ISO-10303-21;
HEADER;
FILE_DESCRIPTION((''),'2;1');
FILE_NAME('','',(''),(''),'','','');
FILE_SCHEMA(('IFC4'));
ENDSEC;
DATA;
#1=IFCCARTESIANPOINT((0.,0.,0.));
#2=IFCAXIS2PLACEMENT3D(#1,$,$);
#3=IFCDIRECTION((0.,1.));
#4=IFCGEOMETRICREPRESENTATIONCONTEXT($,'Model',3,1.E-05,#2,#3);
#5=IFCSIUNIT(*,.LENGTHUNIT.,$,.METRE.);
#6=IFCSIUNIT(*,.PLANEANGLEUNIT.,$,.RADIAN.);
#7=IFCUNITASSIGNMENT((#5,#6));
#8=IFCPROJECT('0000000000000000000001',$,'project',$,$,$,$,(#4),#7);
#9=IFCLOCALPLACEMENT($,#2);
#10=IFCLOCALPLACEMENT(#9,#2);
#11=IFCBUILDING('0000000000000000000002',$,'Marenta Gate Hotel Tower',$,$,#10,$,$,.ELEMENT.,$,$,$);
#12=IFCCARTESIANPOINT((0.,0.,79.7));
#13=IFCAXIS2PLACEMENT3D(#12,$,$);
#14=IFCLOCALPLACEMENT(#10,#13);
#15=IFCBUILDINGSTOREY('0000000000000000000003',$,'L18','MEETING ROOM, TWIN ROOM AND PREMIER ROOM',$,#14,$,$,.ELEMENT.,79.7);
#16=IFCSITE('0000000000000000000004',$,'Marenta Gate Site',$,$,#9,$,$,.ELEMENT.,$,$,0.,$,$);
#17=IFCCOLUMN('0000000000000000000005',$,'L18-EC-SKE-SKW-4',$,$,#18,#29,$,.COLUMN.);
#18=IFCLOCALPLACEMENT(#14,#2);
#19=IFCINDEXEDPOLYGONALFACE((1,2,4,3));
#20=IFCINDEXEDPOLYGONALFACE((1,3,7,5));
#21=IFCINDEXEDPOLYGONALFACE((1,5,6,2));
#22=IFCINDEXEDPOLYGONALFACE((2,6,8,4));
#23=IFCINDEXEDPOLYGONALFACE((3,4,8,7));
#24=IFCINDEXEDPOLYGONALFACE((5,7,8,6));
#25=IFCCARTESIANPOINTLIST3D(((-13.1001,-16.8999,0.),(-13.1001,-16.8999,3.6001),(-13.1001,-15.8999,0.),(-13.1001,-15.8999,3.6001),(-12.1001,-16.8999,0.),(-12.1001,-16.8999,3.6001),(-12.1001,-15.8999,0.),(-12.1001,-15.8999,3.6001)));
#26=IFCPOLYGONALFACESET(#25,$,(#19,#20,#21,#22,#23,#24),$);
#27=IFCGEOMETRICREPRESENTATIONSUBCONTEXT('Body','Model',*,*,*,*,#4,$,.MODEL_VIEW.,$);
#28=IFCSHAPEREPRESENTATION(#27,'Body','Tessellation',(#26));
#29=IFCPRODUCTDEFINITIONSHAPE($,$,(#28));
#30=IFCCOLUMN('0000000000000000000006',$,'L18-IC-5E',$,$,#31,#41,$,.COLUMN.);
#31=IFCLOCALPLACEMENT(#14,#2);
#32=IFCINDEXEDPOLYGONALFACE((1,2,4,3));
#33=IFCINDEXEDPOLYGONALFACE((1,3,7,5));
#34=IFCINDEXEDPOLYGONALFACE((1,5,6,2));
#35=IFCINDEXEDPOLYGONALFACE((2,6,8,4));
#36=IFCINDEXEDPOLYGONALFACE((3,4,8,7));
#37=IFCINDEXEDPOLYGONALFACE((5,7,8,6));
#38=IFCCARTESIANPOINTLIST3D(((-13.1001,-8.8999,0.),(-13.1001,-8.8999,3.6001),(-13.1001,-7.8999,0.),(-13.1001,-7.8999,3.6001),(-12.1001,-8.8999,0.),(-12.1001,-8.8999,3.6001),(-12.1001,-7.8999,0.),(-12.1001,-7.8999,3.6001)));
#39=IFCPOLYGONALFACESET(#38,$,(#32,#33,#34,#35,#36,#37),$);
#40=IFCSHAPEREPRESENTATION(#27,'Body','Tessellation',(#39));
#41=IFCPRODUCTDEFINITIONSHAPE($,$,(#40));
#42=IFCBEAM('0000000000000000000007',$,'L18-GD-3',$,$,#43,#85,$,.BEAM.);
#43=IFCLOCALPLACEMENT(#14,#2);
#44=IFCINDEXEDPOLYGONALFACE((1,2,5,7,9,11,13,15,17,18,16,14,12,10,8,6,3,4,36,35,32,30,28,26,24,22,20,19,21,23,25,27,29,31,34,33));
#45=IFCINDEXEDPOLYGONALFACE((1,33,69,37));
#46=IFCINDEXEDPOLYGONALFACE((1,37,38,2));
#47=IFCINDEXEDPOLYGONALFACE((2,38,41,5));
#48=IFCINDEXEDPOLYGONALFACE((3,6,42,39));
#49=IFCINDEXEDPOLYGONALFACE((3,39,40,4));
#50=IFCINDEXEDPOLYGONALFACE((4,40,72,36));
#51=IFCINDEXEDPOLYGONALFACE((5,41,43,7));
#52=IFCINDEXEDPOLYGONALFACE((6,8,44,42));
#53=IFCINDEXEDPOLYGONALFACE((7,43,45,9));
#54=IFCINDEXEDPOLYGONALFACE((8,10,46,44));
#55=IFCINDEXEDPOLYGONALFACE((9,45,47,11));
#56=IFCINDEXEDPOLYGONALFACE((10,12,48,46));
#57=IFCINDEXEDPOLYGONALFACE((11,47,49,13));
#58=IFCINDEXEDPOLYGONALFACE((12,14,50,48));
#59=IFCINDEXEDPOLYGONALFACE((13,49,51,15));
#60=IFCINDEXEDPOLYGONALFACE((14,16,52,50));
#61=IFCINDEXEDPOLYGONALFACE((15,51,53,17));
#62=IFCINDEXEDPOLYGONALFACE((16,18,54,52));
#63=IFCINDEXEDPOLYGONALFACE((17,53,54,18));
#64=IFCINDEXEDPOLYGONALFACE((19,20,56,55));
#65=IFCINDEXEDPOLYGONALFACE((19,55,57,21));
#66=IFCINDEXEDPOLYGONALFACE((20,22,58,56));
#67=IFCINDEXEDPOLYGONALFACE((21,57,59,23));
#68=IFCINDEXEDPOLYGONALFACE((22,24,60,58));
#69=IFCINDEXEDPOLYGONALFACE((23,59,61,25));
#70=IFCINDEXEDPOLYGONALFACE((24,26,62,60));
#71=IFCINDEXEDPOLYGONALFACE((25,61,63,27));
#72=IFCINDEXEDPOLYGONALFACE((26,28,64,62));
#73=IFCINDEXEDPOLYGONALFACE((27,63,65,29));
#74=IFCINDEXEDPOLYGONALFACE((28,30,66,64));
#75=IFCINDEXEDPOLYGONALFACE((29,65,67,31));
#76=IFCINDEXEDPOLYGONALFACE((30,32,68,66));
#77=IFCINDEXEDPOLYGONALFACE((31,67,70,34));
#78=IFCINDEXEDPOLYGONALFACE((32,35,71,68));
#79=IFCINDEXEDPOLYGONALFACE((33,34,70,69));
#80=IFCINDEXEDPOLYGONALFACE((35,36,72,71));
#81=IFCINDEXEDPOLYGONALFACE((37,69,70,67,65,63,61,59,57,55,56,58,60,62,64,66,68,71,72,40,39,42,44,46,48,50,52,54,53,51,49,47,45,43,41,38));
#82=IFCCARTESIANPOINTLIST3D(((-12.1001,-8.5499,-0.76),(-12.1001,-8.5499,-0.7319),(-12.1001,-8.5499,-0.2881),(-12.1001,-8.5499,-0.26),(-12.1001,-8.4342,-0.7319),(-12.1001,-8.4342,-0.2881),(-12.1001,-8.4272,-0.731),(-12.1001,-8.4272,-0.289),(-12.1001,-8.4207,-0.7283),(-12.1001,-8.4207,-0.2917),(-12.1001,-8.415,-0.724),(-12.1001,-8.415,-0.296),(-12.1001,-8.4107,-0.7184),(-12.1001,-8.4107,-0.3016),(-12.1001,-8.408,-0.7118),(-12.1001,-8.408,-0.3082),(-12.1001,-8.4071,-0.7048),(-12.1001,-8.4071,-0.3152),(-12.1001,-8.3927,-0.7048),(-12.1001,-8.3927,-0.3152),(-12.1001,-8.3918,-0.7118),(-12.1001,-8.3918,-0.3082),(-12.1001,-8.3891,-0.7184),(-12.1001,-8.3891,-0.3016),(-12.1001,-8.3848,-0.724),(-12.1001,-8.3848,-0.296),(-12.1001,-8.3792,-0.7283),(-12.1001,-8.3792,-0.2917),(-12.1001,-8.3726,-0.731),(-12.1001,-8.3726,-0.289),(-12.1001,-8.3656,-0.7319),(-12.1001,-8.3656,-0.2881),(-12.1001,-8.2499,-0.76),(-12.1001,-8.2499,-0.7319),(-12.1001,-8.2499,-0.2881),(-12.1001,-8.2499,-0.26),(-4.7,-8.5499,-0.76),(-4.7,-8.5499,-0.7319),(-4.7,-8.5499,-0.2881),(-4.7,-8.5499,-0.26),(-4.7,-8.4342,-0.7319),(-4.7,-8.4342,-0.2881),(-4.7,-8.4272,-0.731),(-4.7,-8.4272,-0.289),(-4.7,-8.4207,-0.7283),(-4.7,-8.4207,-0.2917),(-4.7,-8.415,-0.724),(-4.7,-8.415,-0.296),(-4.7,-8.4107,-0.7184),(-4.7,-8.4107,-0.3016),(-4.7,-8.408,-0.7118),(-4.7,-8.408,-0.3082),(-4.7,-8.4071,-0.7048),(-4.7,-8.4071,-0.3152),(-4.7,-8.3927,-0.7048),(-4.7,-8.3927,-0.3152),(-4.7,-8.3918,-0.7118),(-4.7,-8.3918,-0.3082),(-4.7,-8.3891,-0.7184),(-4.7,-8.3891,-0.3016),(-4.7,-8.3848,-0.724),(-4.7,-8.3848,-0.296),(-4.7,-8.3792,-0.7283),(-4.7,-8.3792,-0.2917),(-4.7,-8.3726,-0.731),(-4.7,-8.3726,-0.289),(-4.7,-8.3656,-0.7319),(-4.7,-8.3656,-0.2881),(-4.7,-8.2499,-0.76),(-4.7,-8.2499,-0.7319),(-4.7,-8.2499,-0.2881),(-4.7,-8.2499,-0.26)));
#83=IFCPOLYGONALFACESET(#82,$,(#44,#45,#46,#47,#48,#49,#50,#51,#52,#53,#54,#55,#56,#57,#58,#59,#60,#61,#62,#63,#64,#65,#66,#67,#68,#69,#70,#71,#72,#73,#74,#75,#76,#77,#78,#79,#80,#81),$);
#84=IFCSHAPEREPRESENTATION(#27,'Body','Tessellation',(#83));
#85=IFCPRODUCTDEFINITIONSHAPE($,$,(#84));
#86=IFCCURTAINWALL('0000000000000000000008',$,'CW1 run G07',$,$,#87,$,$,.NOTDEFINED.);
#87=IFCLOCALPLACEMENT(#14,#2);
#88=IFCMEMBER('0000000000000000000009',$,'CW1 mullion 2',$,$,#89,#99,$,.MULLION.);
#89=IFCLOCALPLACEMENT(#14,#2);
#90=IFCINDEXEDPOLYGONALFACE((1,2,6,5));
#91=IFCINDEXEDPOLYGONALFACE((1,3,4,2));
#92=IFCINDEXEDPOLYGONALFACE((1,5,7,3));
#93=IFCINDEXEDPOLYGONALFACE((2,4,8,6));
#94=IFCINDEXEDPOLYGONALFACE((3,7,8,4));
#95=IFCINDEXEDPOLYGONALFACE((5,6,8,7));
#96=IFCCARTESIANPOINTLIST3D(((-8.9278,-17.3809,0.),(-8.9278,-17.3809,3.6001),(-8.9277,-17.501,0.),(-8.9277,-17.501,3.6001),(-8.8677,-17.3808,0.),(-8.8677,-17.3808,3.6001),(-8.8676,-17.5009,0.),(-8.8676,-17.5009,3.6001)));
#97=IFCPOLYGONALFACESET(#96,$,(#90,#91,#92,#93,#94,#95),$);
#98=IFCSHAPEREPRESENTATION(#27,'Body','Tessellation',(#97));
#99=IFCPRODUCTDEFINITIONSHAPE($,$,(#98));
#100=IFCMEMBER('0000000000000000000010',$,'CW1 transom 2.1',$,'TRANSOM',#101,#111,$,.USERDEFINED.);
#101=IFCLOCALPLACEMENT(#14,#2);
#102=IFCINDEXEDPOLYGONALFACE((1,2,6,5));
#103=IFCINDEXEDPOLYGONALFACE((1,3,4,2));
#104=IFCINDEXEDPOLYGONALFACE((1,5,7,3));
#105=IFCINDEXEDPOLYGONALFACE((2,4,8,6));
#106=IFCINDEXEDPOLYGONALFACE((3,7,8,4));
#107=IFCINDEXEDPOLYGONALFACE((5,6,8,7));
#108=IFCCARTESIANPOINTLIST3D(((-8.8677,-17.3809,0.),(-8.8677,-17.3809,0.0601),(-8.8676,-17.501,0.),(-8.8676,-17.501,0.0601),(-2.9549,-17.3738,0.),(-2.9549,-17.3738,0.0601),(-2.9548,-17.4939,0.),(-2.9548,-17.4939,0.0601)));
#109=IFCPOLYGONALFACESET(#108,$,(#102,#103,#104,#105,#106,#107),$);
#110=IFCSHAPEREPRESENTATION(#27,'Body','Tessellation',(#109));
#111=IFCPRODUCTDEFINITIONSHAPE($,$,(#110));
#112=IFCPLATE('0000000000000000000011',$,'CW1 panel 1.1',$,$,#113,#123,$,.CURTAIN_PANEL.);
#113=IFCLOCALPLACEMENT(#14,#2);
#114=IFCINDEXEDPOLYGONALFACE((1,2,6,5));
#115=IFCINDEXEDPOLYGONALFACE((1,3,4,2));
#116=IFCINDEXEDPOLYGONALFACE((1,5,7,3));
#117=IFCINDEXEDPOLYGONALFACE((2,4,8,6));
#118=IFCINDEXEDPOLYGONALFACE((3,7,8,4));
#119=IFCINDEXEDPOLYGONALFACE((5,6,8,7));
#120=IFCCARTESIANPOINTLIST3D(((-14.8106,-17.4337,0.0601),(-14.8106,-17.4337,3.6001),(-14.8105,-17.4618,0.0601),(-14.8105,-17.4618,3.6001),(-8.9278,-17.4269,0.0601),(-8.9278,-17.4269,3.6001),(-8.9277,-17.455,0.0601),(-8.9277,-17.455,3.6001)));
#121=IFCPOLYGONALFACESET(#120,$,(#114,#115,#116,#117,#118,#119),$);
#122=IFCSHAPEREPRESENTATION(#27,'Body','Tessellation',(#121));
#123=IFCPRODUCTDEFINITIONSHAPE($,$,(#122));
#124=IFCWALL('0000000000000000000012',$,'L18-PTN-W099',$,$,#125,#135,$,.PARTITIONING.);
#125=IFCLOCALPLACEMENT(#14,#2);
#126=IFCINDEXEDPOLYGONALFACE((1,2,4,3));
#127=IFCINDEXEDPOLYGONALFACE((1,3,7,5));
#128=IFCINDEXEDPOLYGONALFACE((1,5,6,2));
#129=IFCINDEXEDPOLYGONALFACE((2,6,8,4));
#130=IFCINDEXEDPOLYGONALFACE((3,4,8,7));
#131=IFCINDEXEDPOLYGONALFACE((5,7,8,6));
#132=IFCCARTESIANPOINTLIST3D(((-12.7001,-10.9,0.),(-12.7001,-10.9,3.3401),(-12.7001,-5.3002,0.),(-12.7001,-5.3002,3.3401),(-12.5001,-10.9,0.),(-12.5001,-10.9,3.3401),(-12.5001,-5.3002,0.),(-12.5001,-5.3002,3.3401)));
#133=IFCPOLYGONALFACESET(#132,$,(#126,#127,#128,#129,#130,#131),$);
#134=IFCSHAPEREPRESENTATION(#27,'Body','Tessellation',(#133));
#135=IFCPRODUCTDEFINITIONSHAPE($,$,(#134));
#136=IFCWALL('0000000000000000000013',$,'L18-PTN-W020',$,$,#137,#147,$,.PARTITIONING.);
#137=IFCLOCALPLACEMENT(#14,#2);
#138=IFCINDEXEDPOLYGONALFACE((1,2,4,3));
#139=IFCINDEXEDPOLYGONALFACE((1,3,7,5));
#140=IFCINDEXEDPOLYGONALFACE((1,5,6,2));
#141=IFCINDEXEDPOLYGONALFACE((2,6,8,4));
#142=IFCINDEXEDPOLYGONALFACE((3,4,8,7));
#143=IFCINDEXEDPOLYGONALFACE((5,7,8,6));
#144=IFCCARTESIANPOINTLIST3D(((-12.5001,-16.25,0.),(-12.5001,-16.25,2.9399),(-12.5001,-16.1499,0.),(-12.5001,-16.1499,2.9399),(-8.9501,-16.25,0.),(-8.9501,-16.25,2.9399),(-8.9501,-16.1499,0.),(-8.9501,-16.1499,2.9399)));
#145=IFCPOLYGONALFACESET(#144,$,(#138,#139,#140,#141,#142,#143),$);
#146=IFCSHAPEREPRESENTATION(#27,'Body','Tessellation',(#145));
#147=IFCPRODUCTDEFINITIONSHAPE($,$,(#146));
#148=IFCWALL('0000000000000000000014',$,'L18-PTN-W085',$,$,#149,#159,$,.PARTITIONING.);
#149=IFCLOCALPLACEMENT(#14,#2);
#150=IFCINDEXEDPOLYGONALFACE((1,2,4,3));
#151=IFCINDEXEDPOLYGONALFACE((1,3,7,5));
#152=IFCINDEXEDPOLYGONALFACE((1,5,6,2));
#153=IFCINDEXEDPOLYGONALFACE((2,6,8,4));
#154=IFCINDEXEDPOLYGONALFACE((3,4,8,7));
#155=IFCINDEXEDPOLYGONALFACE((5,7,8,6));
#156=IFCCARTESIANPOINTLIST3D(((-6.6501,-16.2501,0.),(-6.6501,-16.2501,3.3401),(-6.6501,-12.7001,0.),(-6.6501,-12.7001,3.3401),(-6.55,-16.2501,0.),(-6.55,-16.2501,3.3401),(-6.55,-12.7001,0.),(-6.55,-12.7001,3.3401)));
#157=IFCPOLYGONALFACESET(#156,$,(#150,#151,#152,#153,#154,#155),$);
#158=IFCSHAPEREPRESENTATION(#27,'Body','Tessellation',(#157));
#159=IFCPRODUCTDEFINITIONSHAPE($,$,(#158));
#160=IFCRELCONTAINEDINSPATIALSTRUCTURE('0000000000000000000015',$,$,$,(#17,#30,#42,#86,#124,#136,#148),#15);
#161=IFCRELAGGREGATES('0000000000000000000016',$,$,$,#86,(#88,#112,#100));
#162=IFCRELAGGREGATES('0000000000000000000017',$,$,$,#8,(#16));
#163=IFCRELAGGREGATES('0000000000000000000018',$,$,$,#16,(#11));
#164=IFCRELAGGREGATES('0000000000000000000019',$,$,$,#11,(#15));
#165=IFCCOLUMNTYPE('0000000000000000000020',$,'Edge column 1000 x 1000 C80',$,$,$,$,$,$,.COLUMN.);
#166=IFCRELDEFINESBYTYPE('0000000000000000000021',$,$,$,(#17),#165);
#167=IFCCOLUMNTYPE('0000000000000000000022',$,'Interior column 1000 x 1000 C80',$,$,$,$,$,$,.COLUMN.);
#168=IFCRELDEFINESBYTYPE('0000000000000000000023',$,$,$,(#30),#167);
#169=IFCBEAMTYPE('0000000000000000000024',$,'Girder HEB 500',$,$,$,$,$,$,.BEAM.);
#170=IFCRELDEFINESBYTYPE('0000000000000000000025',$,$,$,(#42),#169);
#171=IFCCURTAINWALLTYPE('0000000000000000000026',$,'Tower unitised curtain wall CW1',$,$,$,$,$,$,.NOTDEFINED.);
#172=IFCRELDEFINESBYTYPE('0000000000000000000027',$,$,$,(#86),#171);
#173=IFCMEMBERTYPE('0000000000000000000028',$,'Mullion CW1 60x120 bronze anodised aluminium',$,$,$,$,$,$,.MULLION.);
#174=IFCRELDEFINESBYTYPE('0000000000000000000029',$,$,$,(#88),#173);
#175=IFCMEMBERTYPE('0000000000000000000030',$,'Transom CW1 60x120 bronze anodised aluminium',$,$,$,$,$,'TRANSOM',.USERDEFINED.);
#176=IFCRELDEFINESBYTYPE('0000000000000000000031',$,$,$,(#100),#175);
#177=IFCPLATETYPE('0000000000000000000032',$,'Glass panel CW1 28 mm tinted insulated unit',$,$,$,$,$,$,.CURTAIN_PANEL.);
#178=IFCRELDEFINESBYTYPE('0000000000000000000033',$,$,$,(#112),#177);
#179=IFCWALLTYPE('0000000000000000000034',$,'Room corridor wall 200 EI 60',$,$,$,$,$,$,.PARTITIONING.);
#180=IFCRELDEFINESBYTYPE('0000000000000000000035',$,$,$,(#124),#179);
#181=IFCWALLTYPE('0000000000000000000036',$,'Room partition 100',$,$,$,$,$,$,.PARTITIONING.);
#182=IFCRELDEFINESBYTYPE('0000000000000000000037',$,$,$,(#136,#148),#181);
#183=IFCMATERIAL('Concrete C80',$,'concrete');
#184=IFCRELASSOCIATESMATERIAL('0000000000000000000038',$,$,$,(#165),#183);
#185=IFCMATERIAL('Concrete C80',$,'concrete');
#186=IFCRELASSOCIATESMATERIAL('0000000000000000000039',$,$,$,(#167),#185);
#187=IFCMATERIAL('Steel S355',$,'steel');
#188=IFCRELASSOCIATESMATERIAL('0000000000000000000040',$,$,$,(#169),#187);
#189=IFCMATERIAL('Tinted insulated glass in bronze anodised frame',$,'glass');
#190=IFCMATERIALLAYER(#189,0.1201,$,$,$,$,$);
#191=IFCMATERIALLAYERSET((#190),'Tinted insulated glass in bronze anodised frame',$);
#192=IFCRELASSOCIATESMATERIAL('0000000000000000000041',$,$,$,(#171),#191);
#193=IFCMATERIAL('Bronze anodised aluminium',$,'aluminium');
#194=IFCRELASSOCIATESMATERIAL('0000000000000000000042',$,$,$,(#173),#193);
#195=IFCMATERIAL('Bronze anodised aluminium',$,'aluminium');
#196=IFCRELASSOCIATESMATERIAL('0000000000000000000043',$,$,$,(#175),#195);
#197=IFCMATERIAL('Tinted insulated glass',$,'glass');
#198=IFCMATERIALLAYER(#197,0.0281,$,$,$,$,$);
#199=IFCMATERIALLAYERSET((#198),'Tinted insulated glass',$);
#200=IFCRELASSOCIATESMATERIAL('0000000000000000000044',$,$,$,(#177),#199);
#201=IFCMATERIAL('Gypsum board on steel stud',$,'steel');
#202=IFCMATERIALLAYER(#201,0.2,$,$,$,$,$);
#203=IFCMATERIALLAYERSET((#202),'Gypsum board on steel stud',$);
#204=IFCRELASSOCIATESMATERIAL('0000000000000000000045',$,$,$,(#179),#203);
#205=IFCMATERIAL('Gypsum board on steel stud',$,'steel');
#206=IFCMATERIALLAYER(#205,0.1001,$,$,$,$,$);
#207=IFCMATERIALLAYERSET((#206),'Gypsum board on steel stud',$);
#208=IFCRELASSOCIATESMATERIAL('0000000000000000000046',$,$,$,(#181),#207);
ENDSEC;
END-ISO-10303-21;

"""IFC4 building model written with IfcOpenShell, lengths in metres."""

from ifc_helpers import new_model, si_unit, direction, frame, frame_2d, origin, origin_2d, place, context, subcontext, project, spatial, rectangle, i_section, extrude, material, layer, layer_set, material_profile, profile_set, type_object, element, aggregate, save


model = new_model("IFC4")

# Units and contexts
model_context = context("Model", 3, precision=1e-05, world=origin(), true_north=direction((0.0, 1.0)))
body_context = subcontext(model_context, "Body", "Model", "MODEL_VIEW")
ifc_project = project(units=[si_unit("LENGTHUNIT", "METRE"), si_unit("PLANEANGLEUNIT", "RADIAN")], contexts=[model_context])

# Site, building, storey
site_placement = place(None, origin())
site = spatial("IfcSite", under=ifc_project, at=site_placement, Name="Marenta Gate Site", CompositionType="ELEMENT", RefElevation=0.0)
building_placement = place(site_placement, origin())
building = spatial("IfcBuilding", under=site, at=building_placement, Name="Marenta Gate Hotel Tower", CompositionType="ELEMENT")
storey_placement = place(building_placement, frame((0.0, 0.0, 79.7)))
storey = spatial("IfcBuildingStorey", under=building, at=storey_placement, Name="L18", Description="MEETING ROOM, TWIN ROOM AND PREMIER ROOM", CompositionType="ELEMENT", Elevation=79.7)

# Columns
ifc_material_1 = material(Name="Concrete C80", Category="concrete")
ifc_material_profile_1 = material_profile(ifc_material_1, rectangle(XDim=1.0, YDim=1.0, at=origin_2d()), Name="1000 x 1000")
ifc_profile_set_1 = profile_set([ifc_material_profile_1], Name="Concrete C80")
column_type_1 = type_object("IfcColumnType", Name="Edge column 1000 x 1000 C80", PredefinedType="COLUMN", material=ifc_profile_set_1)
column_1_placement = place(storey_placement, frame((-12.6001, -16.3999, 0.0), z_axis=(0.0, 0.0, 1.0), x_axis=(1.0, 0.0, 0.0)))
element("IfcColumn", 1, at=column_1_placement, inside=storey, type_object=column_type_1, Name="L18-EC-SKE-SKW-4", PredefinedType="COLUMN", context=body_context, shape_type="SweptSolid", body=[
    extrude(rectangle(XDim=1.0, YDim=1.0, at=origin_2d()), origin(), (0.0, 0.0, 1.0), 3.6001),
])
ifc_material_2 = material(Name="Concrete C80", Category="concrete")
ifc_material_profile_2 = material_profile(ifc_material_2, rectangle(XDim=1.0, YDim=1.0, at=origin_2d()), Name="1000 x 1000")
ifc_profile_set_2 = profile_set([ifc_material_profile_2], Name="Concrete C80")
column_type_2 = type_object("IfcColumnType", Name="Interior column 1000 x 1000 C80", PredefinedType="COLUMN", material=ifc_profile_set_2)
column_2_placement = place(storey_placement, frame((-12.6001, -8.3999, 0.0), z_axis=(0.0, 0.0, 1.0), x_axis=(1.0, 0.0, 0.0)))
element("IfcColumn", 2, at=column_2_placement, inside=storey, type_object=column_type_2, Name="L18-IC-5E", PredefinedType="COLUMN", context=body_context, shape_type="SweptSolid", body=[
    extrude(rectangle(XDim=1.0, YDim=1.0, at=origin_2d()), origin(), (0.0, 0.0, 1.0), 3.6001),
])

# Beam
ifc_material_3 = material(Name="Steel S355", Category="steel")
ifc_material_profile_3 = material_profile(ifc_material_3, i_section(OverallWidth=0.3, OverallDepth=0.5, WebThickness=0.0144, FlangeThickness=0.0281, FilletRadius=0.0271, at=origin_2d()), Name="HEB 500")
ifc_profile_set_3 = profile_set([ifc_material_profile_3], Name="Steel S355")
beam_type = type_object("IfcBeamType", Name="Girder HEB 500", PredefinedType="BEAM", material=ifc_profile_set_3)
beam_placement = place(storey_placement, frame((-12.1001, -8.3999, -0.51), z_axis=(1.0, 0.0, 0.0), x_axis=(0.0, 1.0, 0.0)))
element("IfcBeam", 3, at=beam_placement, inside=storey, type_object=beam_type, Name="L18-GD-3", PredefinedType="BEAM", context=body_context, shape_type="SweptSolid", body=[
    extrude(i_section(OverallWidth=0.3, OverallDepth=0.5, WebThickness=0.0144, FlangeThickness=0.0281, FilletRadius=0.0271, at=origin_2d()), origin(), (0.0, 0.0, 1.0), 7.4001),
])

# Curtain wall, members, plate
ifc_material_4 = material(Name="Tinted insulated glass in bronze anodised frame", Category="glass")
ifc_layer_1 = layer(ifc_material_4, 0.1201)
ifc_layer_set_1 = layer_set([ifc_layer_1], Name="Tinted insulated glass in bronze anodised frame")
curtain_wall_type = type_object("IfcCurtainWallType", Name="Tower unitised curtain wall CW1", PredefinedType="NOTDEFINED", material=ifc_layer_set_1)
curtain_wall_placement = place(storey_placement, origin())
curtain_wall = element("IfcCurtainWall", 4, at=curtain_wall_placement, inside=storey, type_object=curtain_wall_type, Name="CW1 run G07", PredefinedType="NOTDEFINED")
ifc_material_5 = material(Name="Bronze anodised aluminium", Category="aluminium")
ifc_material_profile_4 = material_profile(ifc_material_5, rectangle(XDim=0.1201, YDim=0.0601, at=origin_2d()), Name="Mullion CW1 60x120 bronze anodised aluminium")
ifc_profile_set_4 = profile_set([ifc_material_profile_4], Name="Bronze anodised aluminium")
member_type_1 = type_object("IfcMemberType", Name="Mullion CW1 60x120 bronze anodised aluminium", PredefinedType="MULLION", material=ifc_profile_set_4)
member_1_placement = place(storey_placement, frame((-8.8977, -17.4409, 0.0), z_axis=(0.0, 0.0, 1.0), x_axis=(-0.001162, 0.999999, 0.0)))
member_1 = element("IfcMember", 5, at=member_1_placement, type_object=member_type_1, Name="CW1 mullion 2", PredefinedType="MULLION", context=body_context, shape_type="SweptSolid", body=[
    extrude(rectangle(XDim=0.1201, YDim=0.0601, at=origin_2d()), origin(), (0.0, 0.0, 1.0), 3.6001),
])
ifc_material_6 = material(Name="Bronze anodised aluminium", Category="aluminium")
ifc_material_profile_5 = material_profile(ifc_material_6, rectangle(XDim=0.1201, YDim=0.0601, at=origin_2d()), Name="Transom CW1 60x120 bronze anodised aluminium")
ifc_profile_set_5 = profile_set([ifc_material_profile_5], Name="Bronze anodised aluminium")
member_type_2 = type_object("IfcMemberType", Name="Transom CW1 60x120 bronze anodised aluminium", ElementType="TRANSOM", PredefinedType="USERDEFINED", material=ifc_profile_set_5)
member_2_placement = place(storey_placement, frame((-8.8677, -17.4409, 0.03), z_axis=(0.999999, 0.001197, 0.0), x_axis=(-0.001197, 0.999999, 0.0)))
member_2 = element("IfcMember", 6, at=member_2_placement, type_object=member_type_2, Name="CW1 transom 2.1", ObjectType="TRANSOM", PredefinedType="USERDEFINED", context=body_context, shape_type="SweptSolid", body=[
    extrude(rectangle(XDim=0.1201, YDim=0.0601, at=origin_2d()), origin(), (0.0, 0.0, 1.0), 5.9128),
])
ifc_material_7 = material(Name="Tinted insulated glass", Category="glass")
ifc_layer_2 = layer(ifc_material_7, 0.0281)
ifc_layer_set_2 = layer_set([ifc_layer_2], Name="Tinted insulated glass")
plate_type = type_object("IfcPlateType", Name="Glass panel CW1 28 mm tinted insulated unit", PredefinedType="CURTAIN_PANEL", material=ifc_layer_set_2)
plate_placement = place(storey_placement, frame((-11.8691, -17.4443, 0.0601), z_axis=(0.0, 0.0, 1.0), x_axis=(0.999999, 0.001162, 0.0)))
plate = element("IfcPlate", 7, at=plate_placement, type_object=plate_type, Name="CW1 panel 1.1", PredefinedType="CURTAIN_PANEL", context=body_context, shape_type="SweptSolid", body=[
    extrude(rectangle(XDim=5.8828, YDim=0.0281, at=origin_2d()), origin(), (0.0, 0.0, 1.0), 3.54),
])
aggregate(curtain_wall, [member_1, plate, member_2])

# Wall
ifc_material_8 = material(Name="Gypsum board on steel stud", Category="steel")
ifc_layer_3 = layer(ifc_material_8, 0.2)
ifc_layer_set_3 = layer_set([ifc_layer_3], Name="Gypsum board on steel stud")
wall_type_1 = type_object("IfcWallType", Name="Room corridor wall 200 EI 60", PredefinedType="PARTITIONING", material=ifc_layer_set_3)
wall_1_placement = place(storey_placement, frame((-12.6001, -10.8999, 0.0), z_axis=(0.0, 0.0, 1.0), x_axis=(0.0, 1.0, 0.0)))
element("IfcWall", 8, at=wall_1_placement, inside=storey, type_object=wall_type_1, Name="L18-PTN-W099", PredefinedType="PARTITIONING", context=body_context, shape_type="SweptSolid", body=[
    extrude(rectangle(XDim=5.5999, YDim=0.2, at=frame_2d((2.7998, 0.0))), origin(), (0.0, 0.0, 1.0), 3.3401),
])

# Walls
ifc_material_9 = material(Name="Gypsum board on steel stud", Category="steel")
ifc_layer_4 = layer(ifc_material_9, 0.1001)
ifc_layer_set_4 = layer_set([ifc_layer_4], Name="Gypsum board on steel stud")
wall_type_2 = type_object("IfcWallType", Name="Room partition 100", PredefinedType="PARTITIONING", material=ifc_layer_set_4)
wall_2_placement = place(storey_placement, frame((-12.5, -16.2, 0.0), z_axis=(0.0, 0.0, 1.0), x_axis=(1.0, 0.0, 0.0)))
element("IfcWall", 9, at=wall_2_placement, inside=storey, type_object=wall_type_2, Name="L18-PTN-W020", PredefinedType="PARTITIONING", context=body_context, shape_type="SweptSolid", body=[
    extrude(rectangle(XDim=3.55, YDim=0.1001, at=frame_2d((1.7749, 0.0))), origin(), (0.0, 0.0, 1.0), 2.9399),
])
wall_3_placement = place(storey_placement, frame((-6.6001, -16.25, 0.0), z_axis=(0.0, 0.0, 1.0), x_axis=(0.0, 1.0, 0.0)))
element("IfcWall", 10, at=wall_3_placement, inside=storey, type_object=wall_type_2, Name="L18-PTN-W085", PredefinedType="PARTITIONING", context=body_context, shape_type="SweptSolid", body=[
    extrude(rectangle(XDim=3.55, YDim=0.1001, at=frame_2d((1.7749, 0.0))), origin(), (0.0, 0.0, 1.0), 3.3401),
])

save(model, "model.ifc")
